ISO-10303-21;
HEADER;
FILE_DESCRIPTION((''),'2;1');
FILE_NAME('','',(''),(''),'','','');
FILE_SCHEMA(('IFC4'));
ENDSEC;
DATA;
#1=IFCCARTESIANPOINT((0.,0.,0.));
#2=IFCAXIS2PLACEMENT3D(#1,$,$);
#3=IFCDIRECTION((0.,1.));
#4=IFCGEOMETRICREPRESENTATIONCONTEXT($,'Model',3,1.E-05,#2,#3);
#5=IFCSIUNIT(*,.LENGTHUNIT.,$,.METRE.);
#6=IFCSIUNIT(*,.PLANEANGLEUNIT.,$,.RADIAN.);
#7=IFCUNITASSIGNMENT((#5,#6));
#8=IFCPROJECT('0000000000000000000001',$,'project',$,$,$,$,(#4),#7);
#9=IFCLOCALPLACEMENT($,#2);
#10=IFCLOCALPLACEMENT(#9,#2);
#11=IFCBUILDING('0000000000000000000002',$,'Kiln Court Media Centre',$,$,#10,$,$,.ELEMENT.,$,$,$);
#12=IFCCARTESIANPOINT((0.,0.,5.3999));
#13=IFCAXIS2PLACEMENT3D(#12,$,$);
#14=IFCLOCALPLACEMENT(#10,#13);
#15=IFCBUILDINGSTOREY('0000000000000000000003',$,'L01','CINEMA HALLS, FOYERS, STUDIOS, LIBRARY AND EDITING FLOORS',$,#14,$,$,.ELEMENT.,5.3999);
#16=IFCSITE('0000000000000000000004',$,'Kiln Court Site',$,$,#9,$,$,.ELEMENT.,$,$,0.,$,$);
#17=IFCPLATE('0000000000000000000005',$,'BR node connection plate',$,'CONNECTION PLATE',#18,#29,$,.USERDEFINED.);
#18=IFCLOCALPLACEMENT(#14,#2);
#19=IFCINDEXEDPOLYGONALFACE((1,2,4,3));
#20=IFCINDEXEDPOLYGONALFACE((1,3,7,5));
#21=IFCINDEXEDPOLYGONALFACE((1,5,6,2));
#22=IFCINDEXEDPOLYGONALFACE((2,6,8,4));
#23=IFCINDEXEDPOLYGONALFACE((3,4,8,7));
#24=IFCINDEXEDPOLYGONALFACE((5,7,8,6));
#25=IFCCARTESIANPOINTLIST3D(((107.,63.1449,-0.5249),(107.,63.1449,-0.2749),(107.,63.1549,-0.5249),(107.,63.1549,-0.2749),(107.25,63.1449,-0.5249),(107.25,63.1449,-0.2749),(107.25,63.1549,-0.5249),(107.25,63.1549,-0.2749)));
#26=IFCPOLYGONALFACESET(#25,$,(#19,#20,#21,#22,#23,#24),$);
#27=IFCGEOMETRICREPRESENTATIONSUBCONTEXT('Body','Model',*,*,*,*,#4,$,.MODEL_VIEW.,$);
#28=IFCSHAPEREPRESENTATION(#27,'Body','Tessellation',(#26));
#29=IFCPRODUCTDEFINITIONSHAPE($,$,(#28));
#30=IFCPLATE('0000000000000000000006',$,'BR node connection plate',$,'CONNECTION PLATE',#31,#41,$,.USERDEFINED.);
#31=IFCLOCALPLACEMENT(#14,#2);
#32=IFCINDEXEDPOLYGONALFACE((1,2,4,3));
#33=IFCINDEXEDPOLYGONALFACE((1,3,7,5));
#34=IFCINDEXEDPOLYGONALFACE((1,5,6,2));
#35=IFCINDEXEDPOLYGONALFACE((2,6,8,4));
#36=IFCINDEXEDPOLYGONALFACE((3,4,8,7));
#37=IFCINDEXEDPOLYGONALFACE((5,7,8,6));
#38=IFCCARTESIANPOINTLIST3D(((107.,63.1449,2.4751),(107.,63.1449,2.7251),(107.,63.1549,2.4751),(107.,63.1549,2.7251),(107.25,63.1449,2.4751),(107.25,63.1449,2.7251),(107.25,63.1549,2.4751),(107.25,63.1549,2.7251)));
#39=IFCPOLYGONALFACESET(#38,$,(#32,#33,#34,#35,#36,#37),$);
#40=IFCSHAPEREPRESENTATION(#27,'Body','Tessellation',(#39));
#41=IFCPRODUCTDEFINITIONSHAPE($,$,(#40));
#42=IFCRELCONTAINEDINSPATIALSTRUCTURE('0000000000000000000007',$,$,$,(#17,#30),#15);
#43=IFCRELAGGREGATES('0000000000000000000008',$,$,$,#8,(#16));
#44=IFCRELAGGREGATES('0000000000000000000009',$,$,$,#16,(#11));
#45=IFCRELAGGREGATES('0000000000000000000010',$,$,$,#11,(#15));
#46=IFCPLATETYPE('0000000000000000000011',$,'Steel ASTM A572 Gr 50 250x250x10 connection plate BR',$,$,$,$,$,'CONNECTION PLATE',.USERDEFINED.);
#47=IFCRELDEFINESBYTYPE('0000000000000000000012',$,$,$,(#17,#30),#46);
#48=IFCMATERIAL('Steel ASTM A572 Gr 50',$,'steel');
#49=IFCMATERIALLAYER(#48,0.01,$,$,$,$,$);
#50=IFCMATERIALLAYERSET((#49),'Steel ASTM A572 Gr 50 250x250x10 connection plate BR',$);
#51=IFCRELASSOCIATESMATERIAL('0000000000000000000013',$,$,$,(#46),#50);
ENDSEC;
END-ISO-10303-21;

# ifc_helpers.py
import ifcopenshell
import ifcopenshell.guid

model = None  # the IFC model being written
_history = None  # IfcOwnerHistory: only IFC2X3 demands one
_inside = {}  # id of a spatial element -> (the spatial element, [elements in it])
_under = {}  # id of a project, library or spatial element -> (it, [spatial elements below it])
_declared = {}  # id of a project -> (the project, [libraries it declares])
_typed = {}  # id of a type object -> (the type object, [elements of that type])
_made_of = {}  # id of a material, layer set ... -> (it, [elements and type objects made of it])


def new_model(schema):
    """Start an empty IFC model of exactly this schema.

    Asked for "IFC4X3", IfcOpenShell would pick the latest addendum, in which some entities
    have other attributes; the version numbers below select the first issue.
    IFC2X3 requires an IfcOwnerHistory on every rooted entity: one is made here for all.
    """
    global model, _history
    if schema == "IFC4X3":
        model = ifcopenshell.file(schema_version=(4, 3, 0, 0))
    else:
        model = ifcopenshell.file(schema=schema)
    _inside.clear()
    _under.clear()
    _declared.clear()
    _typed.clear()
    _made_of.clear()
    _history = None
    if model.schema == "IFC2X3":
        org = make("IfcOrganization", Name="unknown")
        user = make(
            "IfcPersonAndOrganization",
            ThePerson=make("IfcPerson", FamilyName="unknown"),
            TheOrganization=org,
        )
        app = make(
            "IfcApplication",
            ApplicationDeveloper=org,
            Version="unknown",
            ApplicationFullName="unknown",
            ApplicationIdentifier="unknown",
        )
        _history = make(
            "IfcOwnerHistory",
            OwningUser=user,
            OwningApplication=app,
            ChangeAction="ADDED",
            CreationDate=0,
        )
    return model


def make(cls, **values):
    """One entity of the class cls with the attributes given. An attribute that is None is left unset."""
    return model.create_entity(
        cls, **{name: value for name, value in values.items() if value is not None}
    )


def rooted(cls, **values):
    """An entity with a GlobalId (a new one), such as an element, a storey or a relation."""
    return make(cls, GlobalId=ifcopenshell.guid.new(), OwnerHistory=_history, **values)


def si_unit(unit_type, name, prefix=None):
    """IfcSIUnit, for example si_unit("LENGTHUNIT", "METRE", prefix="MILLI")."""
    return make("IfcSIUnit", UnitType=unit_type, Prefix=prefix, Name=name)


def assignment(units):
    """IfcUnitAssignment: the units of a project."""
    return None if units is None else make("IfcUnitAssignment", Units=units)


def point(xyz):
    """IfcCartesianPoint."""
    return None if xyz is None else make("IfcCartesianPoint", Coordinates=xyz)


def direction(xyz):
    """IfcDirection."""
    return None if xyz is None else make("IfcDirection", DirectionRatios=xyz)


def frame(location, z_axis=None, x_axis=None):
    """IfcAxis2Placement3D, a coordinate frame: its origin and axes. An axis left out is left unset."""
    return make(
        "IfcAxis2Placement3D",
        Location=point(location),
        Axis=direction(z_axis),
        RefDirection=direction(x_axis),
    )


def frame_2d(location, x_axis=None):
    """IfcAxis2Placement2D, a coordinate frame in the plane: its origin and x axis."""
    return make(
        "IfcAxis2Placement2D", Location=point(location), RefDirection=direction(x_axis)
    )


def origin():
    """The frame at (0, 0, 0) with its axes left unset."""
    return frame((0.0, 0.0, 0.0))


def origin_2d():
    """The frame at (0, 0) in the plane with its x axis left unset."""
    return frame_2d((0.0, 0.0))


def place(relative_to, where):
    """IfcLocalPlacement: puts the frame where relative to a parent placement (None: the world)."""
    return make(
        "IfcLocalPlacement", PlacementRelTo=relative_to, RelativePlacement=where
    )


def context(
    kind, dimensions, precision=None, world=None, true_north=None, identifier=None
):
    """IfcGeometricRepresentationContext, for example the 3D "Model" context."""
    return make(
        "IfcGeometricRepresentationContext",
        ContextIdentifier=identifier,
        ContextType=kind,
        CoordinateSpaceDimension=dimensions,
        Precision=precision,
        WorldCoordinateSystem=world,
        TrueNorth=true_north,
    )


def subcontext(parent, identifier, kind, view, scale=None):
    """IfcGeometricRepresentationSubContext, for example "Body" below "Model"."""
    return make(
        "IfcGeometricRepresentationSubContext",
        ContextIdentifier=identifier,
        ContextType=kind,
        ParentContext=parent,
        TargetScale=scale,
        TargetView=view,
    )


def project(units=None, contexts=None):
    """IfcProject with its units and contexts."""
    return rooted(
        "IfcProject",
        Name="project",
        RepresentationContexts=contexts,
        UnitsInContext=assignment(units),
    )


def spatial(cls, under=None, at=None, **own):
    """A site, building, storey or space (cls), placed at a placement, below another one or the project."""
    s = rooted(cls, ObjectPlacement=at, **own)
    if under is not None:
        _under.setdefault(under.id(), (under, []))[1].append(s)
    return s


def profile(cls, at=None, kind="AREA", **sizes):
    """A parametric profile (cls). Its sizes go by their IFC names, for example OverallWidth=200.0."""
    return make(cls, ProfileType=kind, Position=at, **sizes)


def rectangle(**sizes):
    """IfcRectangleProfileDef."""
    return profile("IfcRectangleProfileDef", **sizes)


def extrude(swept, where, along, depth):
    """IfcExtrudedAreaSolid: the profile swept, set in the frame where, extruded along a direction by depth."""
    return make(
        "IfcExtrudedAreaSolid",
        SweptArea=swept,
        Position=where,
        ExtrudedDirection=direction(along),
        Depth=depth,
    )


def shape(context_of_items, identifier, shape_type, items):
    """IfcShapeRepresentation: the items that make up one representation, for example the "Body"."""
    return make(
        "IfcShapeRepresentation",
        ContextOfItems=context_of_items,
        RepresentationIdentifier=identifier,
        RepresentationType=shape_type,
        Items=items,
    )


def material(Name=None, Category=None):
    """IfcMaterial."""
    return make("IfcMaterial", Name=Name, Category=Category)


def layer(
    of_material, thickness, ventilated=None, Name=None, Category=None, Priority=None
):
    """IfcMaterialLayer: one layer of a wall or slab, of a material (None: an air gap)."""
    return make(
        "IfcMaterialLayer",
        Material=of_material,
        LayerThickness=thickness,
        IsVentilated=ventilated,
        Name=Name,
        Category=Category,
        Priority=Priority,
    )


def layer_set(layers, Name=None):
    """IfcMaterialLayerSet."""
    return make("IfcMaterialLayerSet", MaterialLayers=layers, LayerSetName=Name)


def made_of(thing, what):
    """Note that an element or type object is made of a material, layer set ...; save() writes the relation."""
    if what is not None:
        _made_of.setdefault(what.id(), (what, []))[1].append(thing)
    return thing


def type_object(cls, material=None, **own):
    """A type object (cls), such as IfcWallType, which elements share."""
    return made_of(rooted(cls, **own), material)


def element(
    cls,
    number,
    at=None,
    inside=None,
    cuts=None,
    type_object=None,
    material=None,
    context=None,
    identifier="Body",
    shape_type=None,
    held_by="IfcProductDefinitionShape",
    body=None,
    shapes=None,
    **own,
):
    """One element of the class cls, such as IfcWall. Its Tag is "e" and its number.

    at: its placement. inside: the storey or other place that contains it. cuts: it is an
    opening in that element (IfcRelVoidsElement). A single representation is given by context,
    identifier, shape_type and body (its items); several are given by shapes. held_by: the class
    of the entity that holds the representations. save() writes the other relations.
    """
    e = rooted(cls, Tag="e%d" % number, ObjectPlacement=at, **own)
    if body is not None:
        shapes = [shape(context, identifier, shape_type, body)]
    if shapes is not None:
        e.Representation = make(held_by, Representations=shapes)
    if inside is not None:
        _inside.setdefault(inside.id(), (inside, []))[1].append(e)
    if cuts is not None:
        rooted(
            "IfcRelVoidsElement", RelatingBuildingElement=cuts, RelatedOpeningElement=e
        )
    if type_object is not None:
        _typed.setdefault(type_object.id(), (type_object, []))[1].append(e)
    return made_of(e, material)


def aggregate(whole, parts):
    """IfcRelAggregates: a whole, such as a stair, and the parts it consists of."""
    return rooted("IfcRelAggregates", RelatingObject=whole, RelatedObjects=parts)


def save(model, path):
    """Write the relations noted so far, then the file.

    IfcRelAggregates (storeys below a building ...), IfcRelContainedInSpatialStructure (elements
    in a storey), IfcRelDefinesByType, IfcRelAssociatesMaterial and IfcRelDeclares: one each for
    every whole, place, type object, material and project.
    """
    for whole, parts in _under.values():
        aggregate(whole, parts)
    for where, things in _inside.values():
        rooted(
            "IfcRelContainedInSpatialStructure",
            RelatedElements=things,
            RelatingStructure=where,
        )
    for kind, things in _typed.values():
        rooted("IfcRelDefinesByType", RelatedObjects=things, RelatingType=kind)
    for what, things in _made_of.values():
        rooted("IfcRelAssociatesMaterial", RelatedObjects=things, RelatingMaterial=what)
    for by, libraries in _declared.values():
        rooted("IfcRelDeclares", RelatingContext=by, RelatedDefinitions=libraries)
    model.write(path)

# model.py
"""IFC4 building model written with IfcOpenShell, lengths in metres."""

from ifc_helpers import new_model, si_unit, direction, frame, origin, origin_2d, place, context, subcontext, project, spatial, rectangle, extrude, material, layer, layer_set, type_object, element, save


model = new_model("IFC4")

# Units and contexts
model_context = context("Model", 3, precision=1e-05, world=origin(), true_north=direction((0.0, 1.0)))
body_context = subcontext(model_context, "Body", "Model", "MODEL_VIEW")
ifc_project = project(units=[si_unit("LENGTHUNIT", "METRE"), si_unit("PLANEANGLEUNIT", "RADIAN")], contexts=[model_context])

# Site, building, storey
site_placement = place(None, origin())
site = spatial("IfcSite", under=ifc_project, at=site_placement, Name="Kiln Court Site", CompositionType="ELEMENT", RefElevation=0.0)
building_placement = place(site_placement, origin())
building = spatial("IfcBuilding", under=site, at=building_placement, Name="Kiln Court Media Centre", CompositionType="ELEMENT")
storey_placement = place(building_placement, frame((0.0, 0.0, 5.3999)))
storey = spatial("IfcBuildingStorey", under=building, at=storey_placement, Name="L01", Description="CINEMA HALLS, FOYERS, STUDIOS, LIBRARY AND EDITING FLOORS", CompositionType="ELEMENT", Elevation=5.3999)

# Plates
ifc_material_1 = material(Name="Steel ASTM A572 Gr 50", Category="steel")
ifc_layer_1 = layer(ifc_material_1, 0.01)
ifc_layer_set_1 = layer_set([ifc_layer_1], Name="Steel ASTM A572 Gr 50 250x250x10 connection plate BR")
plate_type_1 = type_object("IfcPlateType", Name="Steel ASTM A572 Gr 50 250x250x10 connection plate BR", ElementType="CONNECTION PLATE", PredefinedType="USERDEFINED", material=ifc_layer_set_1)
for number, where, z_axis, x_axis, name in (
    (1, (107.125, 63.1499, -0.5249), (0.0, 0.0, 1.0), (1.0, 0.0, 0.0), "BR node connection plate"),
    (2, (107.125, 63.1499, 2.4751), (0.0, 0.0, 1.0), (1.0, 0.0, 0.0), "BR node connection plate"),
):
    element("IfcPlate", number, at=place(storey_placement, frame(where, z_axis=z_axis, x_axis=x_axis)), inside=storey, type_object=plate_type_1, Name=name, ObjectType="CONNECTION PLATE", PredefinedType="USERDEFINED", context=body_context, shape_type="SweptSolid", body=[
        extrude(rectangle(XDim=0.25, YDim=0.01, at=origin_2d()), origin(), (0.0, 0.0, 1.0), 0.25),
    ])

save(model, "model.ifc")
